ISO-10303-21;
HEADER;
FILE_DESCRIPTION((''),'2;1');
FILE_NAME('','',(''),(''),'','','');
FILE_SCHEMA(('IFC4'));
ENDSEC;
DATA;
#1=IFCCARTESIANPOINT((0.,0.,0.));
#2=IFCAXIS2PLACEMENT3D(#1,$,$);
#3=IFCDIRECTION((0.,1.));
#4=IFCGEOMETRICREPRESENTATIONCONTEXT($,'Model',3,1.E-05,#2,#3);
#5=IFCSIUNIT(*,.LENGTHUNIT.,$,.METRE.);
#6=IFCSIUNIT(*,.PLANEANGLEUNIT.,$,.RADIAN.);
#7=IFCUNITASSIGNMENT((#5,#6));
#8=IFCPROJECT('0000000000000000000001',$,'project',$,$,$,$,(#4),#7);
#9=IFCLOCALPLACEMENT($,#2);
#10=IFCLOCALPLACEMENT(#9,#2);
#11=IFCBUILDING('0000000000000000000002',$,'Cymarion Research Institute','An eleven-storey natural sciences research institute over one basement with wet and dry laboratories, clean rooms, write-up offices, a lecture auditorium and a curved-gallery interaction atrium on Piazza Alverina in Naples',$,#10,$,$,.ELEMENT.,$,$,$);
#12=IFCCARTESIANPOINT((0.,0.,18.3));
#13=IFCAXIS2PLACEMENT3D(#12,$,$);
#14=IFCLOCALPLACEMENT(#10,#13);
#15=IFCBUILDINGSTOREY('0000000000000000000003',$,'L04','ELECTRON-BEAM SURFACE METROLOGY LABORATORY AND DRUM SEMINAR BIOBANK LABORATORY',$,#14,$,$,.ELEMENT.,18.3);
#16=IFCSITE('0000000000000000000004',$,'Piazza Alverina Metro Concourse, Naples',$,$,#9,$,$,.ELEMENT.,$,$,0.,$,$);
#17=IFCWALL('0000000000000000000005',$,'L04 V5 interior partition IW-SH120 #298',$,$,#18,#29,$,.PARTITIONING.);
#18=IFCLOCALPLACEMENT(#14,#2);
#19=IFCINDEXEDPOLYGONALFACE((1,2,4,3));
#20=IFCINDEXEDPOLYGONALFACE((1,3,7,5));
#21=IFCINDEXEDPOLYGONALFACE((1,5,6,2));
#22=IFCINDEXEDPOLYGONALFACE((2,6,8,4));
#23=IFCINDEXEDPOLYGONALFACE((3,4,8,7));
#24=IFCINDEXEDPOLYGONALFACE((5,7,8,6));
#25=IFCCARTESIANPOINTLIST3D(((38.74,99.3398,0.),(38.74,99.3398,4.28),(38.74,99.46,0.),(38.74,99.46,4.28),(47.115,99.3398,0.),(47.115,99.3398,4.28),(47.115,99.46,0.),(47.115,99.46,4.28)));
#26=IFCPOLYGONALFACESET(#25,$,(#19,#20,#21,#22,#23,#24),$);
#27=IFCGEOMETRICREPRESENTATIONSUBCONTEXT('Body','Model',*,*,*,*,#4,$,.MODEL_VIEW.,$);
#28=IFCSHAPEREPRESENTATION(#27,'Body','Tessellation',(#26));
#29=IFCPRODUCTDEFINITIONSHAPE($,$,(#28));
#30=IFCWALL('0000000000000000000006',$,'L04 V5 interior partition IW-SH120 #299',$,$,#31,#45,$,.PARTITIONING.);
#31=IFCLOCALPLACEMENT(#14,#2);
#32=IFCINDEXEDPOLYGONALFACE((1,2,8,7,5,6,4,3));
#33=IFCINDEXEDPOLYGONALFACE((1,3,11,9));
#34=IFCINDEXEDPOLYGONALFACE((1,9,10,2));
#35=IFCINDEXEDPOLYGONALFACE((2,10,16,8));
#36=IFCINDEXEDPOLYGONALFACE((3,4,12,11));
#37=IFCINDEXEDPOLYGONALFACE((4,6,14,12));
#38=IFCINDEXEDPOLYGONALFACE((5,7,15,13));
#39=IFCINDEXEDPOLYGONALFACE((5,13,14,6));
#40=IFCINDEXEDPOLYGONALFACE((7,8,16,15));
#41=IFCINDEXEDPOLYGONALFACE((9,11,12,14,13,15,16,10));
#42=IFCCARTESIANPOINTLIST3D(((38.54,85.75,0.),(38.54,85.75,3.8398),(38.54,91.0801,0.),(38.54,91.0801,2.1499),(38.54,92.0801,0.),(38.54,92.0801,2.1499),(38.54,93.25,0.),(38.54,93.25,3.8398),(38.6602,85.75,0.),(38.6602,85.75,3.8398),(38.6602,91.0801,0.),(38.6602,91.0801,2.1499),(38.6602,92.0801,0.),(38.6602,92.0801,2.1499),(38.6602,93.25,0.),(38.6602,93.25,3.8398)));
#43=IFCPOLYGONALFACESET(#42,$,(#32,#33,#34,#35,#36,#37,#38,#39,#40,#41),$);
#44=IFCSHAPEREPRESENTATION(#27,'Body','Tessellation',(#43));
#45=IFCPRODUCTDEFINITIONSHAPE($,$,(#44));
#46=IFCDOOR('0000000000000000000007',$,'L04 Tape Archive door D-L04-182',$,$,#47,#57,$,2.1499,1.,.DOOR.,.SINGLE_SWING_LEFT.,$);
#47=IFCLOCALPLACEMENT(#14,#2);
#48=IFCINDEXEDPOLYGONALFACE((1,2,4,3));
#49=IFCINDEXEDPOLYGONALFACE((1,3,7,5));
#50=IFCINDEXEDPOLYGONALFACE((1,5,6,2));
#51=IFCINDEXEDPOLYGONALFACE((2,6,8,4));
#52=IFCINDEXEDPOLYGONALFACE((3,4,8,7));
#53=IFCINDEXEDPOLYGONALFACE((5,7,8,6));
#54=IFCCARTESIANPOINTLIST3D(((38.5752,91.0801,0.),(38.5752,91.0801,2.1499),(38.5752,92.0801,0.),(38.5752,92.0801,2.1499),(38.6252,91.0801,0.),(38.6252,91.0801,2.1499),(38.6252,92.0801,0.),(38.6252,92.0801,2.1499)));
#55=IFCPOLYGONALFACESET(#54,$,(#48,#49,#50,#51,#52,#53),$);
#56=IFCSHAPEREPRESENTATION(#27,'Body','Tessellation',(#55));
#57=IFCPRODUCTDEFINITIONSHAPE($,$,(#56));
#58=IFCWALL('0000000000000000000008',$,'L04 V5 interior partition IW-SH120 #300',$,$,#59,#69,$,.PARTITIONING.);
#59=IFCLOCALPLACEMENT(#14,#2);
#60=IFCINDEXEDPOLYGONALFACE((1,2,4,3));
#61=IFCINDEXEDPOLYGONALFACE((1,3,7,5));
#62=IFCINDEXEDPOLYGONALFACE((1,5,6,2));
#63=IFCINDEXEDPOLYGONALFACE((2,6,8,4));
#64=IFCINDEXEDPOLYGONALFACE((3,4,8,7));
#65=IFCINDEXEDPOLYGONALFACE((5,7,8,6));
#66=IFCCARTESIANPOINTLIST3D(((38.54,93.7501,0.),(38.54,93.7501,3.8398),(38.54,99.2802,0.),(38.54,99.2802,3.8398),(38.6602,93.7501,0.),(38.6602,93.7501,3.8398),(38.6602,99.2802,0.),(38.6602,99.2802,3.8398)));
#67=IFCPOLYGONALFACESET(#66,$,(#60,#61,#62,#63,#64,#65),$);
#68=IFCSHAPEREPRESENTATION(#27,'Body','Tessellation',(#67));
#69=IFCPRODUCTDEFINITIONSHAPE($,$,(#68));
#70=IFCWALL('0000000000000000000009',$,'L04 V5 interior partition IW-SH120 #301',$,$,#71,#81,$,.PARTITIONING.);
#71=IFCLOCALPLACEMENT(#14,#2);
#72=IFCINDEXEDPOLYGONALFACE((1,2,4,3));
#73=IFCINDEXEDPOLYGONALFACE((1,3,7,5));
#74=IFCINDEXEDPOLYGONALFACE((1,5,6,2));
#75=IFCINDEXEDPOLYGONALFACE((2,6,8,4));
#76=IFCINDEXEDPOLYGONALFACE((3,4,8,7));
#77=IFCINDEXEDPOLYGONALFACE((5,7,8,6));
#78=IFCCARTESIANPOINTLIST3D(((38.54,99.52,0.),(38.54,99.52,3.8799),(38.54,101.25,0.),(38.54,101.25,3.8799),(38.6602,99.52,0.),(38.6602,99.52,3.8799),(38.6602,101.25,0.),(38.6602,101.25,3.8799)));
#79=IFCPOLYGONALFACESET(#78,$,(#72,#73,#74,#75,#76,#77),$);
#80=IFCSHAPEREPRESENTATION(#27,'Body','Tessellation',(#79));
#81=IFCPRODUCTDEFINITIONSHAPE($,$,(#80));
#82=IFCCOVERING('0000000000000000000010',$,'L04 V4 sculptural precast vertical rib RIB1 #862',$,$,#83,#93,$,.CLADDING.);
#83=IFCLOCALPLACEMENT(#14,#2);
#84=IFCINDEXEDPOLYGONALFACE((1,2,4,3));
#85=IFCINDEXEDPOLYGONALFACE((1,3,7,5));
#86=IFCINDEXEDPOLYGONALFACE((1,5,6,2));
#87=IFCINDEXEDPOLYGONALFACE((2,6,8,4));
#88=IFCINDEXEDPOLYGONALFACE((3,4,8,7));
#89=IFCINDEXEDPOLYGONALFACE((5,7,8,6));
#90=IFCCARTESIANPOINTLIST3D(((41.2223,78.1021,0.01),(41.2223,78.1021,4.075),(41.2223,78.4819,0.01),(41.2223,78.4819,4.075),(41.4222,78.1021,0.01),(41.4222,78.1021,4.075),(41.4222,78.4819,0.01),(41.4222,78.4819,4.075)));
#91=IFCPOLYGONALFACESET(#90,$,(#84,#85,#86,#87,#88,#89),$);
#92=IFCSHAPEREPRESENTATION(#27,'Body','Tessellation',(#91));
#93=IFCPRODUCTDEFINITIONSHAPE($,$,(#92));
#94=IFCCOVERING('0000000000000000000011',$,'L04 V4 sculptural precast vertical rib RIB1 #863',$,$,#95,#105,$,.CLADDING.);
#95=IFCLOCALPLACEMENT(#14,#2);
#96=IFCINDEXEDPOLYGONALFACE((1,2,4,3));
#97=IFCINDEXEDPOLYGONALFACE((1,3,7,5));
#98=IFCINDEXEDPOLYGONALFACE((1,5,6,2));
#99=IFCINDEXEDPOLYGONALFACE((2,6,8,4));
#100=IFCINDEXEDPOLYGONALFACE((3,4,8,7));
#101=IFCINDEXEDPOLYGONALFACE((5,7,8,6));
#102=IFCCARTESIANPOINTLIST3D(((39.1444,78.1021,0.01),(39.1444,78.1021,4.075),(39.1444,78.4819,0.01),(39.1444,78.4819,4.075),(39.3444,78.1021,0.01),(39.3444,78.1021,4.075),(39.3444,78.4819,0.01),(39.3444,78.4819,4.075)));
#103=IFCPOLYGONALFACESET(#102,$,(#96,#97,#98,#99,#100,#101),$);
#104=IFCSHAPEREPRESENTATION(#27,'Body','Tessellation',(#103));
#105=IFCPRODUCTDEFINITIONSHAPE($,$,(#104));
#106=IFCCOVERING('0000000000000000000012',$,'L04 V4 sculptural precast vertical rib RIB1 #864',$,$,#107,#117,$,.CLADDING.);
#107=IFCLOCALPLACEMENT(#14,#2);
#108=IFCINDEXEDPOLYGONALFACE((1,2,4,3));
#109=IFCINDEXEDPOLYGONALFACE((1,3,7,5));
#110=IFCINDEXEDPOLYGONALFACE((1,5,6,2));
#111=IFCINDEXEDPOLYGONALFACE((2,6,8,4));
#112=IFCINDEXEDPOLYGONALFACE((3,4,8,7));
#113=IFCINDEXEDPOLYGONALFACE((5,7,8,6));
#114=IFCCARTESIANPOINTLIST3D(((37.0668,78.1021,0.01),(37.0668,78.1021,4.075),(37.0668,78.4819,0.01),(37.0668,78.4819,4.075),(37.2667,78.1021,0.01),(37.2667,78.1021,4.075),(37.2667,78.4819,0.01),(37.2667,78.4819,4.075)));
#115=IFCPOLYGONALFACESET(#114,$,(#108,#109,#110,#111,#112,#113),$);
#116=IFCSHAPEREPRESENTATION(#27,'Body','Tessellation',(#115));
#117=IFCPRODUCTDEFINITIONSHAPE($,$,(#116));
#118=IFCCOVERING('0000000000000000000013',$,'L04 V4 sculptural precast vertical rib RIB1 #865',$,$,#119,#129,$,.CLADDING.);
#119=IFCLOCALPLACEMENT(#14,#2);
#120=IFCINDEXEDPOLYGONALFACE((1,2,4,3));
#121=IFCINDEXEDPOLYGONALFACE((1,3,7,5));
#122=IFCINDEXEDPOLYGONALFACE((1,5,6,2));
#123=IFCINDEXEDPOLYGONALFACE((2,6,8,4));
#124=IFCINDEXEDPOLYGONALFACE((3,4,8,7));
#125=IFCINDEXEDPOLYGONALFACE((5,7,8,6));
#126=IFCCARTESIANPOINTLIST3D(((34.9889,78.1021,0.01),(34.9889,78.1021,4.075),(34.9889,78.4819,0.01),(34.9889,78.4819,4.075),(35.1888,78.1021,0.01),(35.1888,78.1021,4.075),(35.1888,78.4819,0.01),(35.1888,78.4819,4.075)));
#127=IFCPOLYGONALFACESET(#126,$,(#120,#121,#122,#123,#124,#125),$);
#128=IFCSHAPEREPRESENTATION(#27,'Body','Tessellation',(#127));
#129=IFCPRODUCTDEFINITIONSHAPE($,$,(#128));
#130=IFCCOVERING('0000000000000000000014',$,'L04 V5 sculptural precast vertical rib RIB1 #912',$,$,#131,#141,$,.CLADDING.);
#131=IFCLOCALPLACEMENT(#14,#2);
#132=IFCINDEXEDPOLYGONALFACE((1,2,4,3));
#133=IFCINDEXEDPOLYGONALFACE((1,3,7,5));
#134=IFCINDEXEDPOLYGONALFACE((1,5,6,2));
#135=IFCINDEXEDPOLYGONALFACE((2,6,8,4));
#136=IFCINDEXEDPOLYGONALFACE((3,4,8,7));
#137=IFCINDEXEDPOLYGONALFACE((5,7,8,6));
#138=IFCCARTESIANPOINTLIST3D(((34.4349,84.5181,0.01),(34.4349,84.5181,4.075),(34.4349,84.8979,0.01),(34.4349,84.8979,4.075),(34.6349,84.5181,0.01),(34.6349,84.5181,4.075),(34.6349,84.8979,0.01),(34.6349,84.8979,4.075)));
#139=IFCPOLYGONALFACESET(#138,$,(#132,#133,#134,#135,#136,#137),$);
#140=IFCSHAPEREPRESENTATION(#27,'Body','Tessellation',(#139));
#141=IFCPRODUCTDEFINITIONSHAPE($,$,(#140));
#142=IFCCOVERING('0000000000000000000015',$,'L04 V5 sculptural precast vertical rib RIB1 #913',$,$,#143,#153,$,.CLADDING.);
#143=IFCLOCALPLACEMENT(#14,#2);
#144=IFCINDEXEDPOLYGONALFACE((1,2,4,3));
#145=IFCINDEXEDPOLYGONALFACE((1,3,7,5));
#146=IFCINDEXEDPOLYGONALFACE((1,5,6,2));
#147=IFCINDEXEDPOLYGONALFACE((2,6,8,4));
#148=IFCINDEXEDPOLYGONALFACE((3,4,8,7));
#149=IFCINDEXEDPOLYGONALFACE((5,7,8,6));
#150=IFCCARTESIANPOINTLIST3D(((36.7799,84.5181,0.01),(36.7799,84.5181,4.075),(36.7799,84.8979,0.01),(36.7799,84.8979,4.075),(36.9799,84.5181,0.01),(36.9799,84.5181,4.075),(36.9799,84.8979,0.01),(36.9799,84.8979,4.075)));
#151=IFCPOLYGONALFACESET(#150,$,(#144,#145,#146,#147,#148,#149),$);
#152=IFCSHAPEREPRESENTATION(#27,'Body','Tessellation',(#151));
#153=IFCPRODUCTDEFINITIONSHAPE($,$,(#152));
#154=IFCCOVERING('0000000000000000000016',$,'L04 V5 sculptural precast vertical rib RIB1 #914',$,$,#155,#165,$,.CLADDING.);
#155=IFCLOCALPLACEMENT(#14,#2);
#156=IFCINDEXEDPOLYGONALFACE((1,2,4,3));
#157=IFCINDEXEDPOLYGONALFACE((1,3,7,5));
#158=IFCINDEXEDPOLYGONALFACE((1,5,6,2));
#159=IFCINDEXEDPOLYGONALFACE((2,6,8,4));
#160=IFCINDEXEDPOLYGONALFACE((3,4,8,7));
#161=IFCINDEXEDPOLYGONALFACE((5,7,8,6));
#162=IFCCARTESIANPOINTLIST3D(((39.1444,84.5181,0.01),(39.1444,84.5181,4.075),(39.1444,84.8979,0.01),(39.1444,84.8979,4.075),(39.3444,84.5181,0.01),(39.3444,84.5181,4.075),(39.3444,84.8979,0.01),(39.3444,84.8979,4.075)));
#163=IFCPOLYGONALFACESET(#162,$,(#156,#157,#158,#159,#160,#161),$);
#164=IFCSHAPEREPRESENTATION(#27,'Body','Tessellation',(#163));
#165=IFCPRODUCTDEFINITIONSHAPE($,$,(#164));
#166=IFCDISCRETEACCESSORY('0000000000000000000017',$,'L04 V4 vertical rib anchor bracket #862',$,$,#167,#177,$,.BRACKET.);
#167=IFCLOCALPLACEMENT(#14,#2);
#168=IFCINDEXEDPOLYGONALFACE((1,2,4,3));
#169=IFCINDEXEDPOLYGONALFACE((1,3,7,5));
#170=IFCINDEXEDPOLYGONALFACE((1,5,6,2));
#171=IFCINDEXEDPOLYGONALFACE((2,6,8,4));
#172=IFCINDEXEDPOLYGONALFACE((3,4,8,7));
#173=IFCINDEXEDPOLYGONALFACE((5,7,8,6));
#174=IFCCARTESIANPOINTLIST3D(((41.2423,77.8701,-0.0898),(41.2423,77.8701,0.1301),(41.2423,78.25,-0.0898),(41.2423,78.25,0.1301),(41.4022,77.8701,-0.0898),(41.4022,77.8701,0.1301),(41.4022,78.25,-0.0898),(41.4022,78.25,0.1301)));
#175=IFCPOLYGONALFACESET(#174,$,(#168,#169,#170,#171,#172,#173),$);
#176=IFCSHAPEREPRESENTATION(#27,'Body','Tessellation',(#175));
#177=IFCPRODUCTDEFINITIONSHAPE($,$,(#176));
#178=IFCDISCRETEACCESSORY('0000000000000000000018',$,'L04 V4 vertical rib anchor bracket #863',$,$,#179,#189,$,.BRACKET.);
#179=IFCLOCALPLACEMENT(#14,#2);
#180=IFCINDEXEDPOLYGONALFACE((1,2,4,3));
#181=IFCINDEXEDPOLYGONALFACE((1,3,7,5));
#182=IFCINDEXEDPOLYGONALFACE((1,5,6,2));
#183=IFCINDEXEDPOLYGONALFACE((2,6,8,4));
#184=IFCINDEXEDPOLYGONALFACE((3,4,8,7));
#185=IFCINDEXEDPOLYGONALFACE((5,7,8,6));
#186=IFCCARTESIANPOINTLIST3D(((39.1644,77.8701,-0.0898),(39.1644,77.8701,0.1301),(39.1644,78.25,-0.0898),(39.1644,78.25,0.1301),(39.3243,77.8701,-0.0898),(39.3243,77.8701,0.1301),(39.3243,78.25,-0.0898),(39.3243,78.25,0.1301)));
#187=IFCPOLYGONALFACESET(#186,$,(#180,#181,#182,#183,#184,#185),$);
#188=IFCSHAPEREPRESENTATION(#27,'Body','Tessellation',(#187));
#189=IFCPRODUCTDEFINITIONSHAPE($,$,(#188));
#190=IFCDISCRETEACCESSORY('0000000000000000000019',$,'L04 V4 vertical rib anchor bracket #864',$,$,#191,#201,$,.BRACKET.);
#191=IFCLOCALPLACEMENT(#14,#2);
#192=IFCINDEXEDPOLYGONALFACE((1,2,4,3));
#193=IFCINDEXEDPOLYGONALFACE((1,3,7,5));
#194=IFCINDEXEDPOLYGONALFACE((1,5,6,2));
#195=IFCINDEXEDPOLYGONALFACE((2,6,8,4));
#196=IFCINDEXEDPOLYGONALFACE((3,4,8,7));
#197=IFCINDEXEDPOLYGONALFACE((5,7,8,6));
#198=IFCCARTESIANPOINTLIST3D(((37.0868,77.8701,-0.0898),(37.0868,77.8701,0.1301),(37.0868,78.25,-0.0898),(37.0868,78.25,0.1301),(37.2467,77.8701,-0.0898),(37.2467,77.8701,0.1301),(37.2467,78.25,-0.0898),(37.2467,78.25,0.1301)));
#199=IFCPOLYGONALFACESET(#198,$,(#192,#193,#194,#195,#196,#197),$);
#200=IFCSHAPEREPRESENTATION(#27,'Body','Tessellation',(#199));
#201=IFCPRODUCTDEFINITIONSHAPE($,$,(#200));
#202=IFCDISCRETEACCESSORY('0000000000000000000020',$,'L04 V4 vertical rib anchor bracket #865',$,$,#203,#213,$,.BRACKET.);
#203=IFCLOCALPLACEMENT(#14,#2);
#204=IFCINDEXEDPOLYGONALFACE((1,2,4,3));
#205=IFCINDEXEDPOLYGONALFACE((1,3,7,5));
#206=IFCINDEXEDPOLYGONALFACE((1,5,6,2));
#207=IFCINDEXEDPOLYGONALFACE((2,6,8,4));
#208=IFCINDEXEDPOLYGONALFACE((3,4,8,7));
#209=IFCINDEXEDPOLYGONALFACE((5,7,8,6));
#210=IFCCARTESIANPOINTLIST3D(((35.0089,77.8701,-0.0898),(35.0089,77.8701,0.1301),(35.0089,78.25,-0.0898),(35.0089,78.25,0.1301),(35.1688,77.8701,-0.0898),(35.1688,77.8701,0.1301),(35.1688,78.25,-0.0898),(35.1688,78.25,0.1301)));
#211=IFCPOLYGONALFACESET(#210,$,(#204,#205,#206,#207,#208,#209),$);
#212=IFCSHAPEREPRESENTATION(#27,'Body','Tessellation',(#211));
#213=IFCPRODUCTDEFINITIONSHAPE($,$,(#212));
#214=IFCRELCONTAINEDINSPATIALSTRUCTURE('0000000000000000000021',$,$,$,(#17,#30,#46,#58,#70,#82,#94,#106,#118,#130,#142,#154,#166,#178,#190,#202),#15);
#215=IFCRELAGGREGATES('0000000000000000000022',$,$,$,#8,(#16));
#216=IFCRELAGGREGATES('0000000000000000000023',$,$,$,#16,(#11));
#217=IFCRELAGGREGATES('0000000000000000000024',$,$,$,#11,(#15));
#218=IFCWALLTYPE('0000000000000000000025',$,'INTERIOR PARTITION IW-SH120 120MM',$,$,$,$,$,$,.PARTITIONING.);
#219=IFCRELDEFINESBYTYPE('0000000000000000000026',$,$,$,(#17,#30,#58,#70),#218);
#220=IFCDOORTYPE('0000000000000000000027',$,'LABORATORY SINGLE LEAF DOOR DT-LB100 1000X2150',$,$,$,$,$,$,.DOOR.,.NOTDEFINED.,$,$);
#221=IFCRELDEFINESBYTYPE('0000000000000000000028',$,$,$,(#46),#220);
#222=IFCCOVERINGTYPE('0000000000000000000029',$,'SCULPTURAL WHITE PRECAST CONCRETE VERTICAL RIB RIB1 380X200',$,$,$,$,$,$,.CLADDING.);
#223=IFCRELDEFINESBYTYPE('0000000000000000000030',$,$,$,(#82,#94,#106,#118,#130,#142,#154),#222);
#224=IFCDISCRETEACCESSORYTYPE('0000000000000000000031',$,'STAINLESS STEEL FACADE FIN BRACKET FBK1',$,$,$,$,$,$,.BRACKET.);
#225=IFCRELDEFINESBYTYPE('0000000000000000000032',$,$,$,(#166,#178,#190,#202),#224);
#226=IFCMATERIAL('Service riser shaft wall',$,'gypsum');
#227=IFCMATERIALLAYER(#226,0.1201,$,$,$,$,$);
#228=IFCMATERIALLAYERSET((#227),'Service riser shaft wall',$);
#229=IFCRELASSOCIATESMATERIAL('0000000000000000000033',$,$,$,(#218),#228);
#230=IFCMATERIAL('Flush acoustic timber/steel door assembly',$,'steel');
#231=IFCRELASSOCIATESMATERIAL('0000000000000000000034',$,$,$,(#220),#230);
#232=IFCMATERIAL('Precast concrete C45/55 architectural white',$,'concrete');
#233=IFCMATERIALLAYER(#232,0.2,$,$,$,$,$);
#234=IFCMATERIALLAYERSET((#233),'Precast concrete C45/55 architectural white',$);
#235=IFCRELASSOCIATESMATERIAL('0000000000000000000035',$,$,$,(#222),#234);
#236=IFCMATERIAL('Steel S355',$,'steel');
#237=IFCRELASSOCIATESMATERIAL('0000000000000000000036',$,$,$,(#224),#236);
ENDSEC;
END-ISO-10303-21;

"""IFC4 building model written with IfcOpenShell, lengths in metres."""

from ifc_helpers import new_model, si_unit, direction, frame, frame_2d, origin, origin_2d, place, context, subcontext, project, spatial, rectangle, extrude, material, layer, layer_set, type_object, element, fill, save


model = new_model("IFC4")

# Units and contexts
model_context = context("Model", 3, precision=1e-05, world=origin(), true_north=direction((0.0, 1.0)))
body_context = subcontext(model_context, "Body", "Model", "MODEL_VIEW")
ifc_project = project(units=[si_unit("LENGTHUNIT", "METRE"), si_unit("PLANEANGLEUNIT", "RADIAN")], contexts=[model_context])

# Site, building, storey
site_placement = place(None, origin())
site = spatial("IfcSite", under=ifc_project, at=site_placement, Name="Piazza Alverina Metro Concourse, Naples", CompositionType="ELEMENT", RefElevation=0.0)
building_placement = place(site_placement, origin())
building = spatial("IfcBuilding", under=site, at=building_placement, Name="Cymarion Research Institute", Description="An eleven-storey natural sciences research institute over one basement with wet and dry laboratories, clean rooms, write-up offices, a lecture auditorium and a curved-gallery interaction atrium on Piazza Alverina in Naples", CompositionType="ELEMENT")
storey_placement = place(building_placement, frame((0.0, 0.0, 18.3)))
storey = spatial("IfcBuildingStorey", under=building, at=storey_placement, Name="L04", Description="ELECTRON-BEAM SURFACE METROLOGY LABORATORY AND DRUM SEMINAR BIOBANK LABORATORY", CompositionType="ELEMENT", Elevation=18.3)

# Shared definitions
ifc_material_1 = material(Name="Steel S355", Category="steel")

# Wall
ifc_material_2 = material(Name="Service riser shaft wall", Category="gypsum")
ifc_layer_1 = layer(ifc_material_2, 0.1201)
ifc_layer_set_1 = layer_set([ifc_layer_1], Name="Service riser shaft wall")
wall_type = type_object("IfcWallType", Name="INTERIOR PARTITION IW-SH120 120MM", PredefinedType="PARTITIONING", material=ifc_layer_set_1)
wall_1_placement = place(storey_placement, frame((38.74, 99.3999, 0.0), z_axis=(0.0, 0.0, 1.0), x_axis=(1.0, 0.0, 0.0)))
element("IfcWall", 1, at=wall_1_placement, inside=storey, type_object=wall_type, Name="L04 V5 interior partition IW-SH120 #298", PredefinedType="PARTITIONING", context=body_context, shape_type="SweptSolid", body=[
    extrude(rectangle(XDim=8.375, YDim=0.1201, at=frame_2d((4.1875, 0.0))), origin(), (0.0, 0.0, 1.0), 4.28),
])

# Wall, opening, door
wall_2_placement = place(storey_placement, frame((38.6001, 85.75, 0.0), z_axis=(0.0, 0.0, 1.0), x_axis=(0.0, 1.0, 0.0)))
wall_2 = element("IfcWall", 2, at=wall_2_placement, inside=storey, type_object=wall_type, Name="L04 V5 interior partition IW-SH120 #299", PredefinedType="PARTITIONING", context=body_context, shape_type="SweptSolid", body=[
    extrude(rectangle(XDim=7.5, YDim=0.1201, at=frame_2d((3.75, 0.0))), origin(), (0.0, 0.0, 1.0), 3.8398),
])
opening_placement = place(wall_2_placement, frame((5.3301, 0.0, 0.0)))
opening = element("IfcOpeningElement", 3, at=opening_placement, cuts=wall_2, PredefinedType="OPENING", context=body_context, shape_type="SweptSolid", body=[
    extrude(rectangle(XDim=1.0, YDim=2.1499, at=frame_2d((0.5, 1.075))), frame((0.0, 0.0701, 0.0), z_axis=(0.0, -1.0, 0.0), x_axis=(1.0, 0.0, 0.0)), (0.0, 0.0, 1.0), 0.1401),
])
ifc_material_3 = material(Name="Flush acoustic timber/steel door assembly", Category="steel")
door_type = type_object("IfcDoorType", Name="LABORATORY SINGLE LEAF DOOR DT-LB100 1000X2150", OperationType="NOTDEFINED", PredefinedType="DOOR", material=ifc_material_3)
door_placement = place(opening_placement, origin())
door = element("IfcDoor", 4, at=door_placement, inside=storey, type_object=door_type, Name="L04 Tape Archive door D-L04-182", OperationType="SINGLE_SWING_LEFT", OverallHeight=2.1499, OverallWidth=1.0, PredefinedType="DOOR", context=body_context, shape_type="SweptSolid", body=[
    extrude(rectangle(XDim=1.0, YDim=2.1499, at=frame_2d((0.5, 1.075))), frame((0.0, 0.0249, 0.0), z_axis=(0.0, -1.0, 0.0), x_axis=(1.0, 0.0, 0.0)), (0.0, 0.0, 1.0), 0.05),
])
fill(opening, door)

# Walls
wall_3_placement = place(storey_placement, frame((38.6001, 93.75, 0.0), z_axis=(0.0, 0.0, 1.0), x_axis=(0.0, 1.0, 0.0)))
element("IfcWall", 5, at=wall_3_placement, inside=storey, type_object=wall_type, Name="L04 V5 interior partition IW-SH120 #300", PredefinedType="PARTITIONING", context=body_context, shape_type="SweptSolid", body=[
    extrude(rectangle(XDim=5.53, YDim=0.1201, at=frame_2d((2.7651, 0.0))), origin(), (0.0, 0.0, 1.0), 3.8398),
])
wall_4_placement = place(storey_placement, frame((38.6001, 99.52, 0.0), z_axis=(0.0, 0.0, 1.0), x_axis=(0.0, 1.0, 0.0)))
element("IfcWall", 6, at=wall_4_placement, inside=storey, type_object=wall_type, Name="L04 V5 interior partition IW-SH120 #301", PredefinedType="PARTITIONING", context=body_context, shape_type="SweptSolid", body=[
    extrude(rectangle(XDim=1.73, YDim=0.1201, at=frame_2d((0.865, 0.0))), origin(), (0.0, 0.0, 1.0), 3.8799),
])

# Coverings
ifc_material_4 = material(Name="Precast concrete C45/55 architectural white", Category="concrete")
ifc_layer_2 = layer(ifc_material_4, 0.2)
ifc_layer_set_2 = layer_set([ifc_layer_2], Name="Precast concrete C45/55 architectural white")
covering_type = type_object("IfcCoveringType", Name="SCULPTURAL WHITE PRECAST CONCRETE VERTICAL RIB RIB1 380X200", PredefinedType="CLADDING", material=ifc_layer_set_2)
for number, where, z_axis, x_axis, name in (
    (7, (41.3223, 78.292, 0.01), (0.0, 0.0, 1.0), (0.0, 1.0, 0.0), "L04 V4 sculptural precast vertical rib RIB1 #862"),
    (8, (39.2444, 78.292, 0.01), (0.0, 0.0, 1.0), (0.0, 1.0, 0.0), "L04 V4 sculptural precast vertical rib RIB1 #863"),
    (9, (37.1667, 78.292, 0.01), (0.0, 0.0, 1.0), (0.0, 1.0, 0.0), "L04 V4 sculptural precast vertical rib RIB1 #864"),
    (10, (35.0889, 78.292, 0.01), (0.0, 0.0, 1.0), (0.0, 1.0, 0.0), "L04 V4 sculptural precast vertical rib RIB1 #865"),
    (11, (34.5349, 84.708, 0.01), (0.0, 0.0, 1.0), (0.0, -1.0, 0.0), "L04 V5 sculptural precast vertical rib RIB1 #912"),
    (12, (36.8799, 84.708, 0.01), (0.0, 0.0, 1.0), (0.0, -1.0, 0.0), "L04 V5 sculptural precast vertical rib RIB1 #913"),
    (13, (39.2444, 84.708, 0.01), (0.0, 0.0, 1.0), (0.0, -1.0, 0.0), "L04 V5 sculptural precast vertical rib RIB1 #914"),
):
    element("IfcCovering", number, at=place(storey_placement, frame(where, z_axis=z_axis, x_axis=x_axis)), inside=storey, type_object=covering_type, Name=name, PredefinedType="CLADDING", context=body_context, shape_type="SweptSolid", body=[
        extrude(rectangle(XDim=0.3799, YDim=0.2, at=origin_2d()), origin(), (0.0, 0.0, 1.0), 4.0649),
    ])

# Discrete accessories
discrete_accessory_type = type_object("IfcDiscreteAccessoryType", Name="STAINLESS STEEL FACADE FIN BRACKET FBK1", PredefinedType="BRACKET", material=ifc_material_1)
for number, where, z_axis, x_axis, name in (
    (14, (41.3223, 78.0601, -0.0898), (0.0, 0.0, 1.0), (0.0, 1.0, 0.0), "L04 V4 vertical rib anchor bracket #862"),
    (15, (39.2444, 78.0601, -0.0898), (0.0, 0.0, 1.0), (0.0, 1.0, 0.0), "L04 V4 vertical rib anchor bracket #863"),
    (16, (37.1667, 78.0601, -0.0898), (0.0, 0.0, 1.0), (0.0, 1.0, 0.0), "L04 V4 vertical rib anchor bracket #864"),
    (17, (35.0889, 78.0601, -0.0898), (0.0, 0.0, 1.0), (0.0, 1.0, 0.0), "L04 V4 vertical rib anchor bracket #865"),
):
    element("IfcDiscreteAccessory", number, at=place(storey_placement, frame(where, z_axis=z_axis, x_axis=x_axis)), inside=storey, type_object=discrete_accessory_type, Name=name, PredefinedType="BRACKET", context=body_context, shape_type="SweptSolid", body=[
        extrude(rectangle(XDim=0.3799, YDim=0.1599, at=origin_2d()), origin(), (0.0, 0.0, 1.0), 0.22),
    ])

save(model, "model.ifc")
